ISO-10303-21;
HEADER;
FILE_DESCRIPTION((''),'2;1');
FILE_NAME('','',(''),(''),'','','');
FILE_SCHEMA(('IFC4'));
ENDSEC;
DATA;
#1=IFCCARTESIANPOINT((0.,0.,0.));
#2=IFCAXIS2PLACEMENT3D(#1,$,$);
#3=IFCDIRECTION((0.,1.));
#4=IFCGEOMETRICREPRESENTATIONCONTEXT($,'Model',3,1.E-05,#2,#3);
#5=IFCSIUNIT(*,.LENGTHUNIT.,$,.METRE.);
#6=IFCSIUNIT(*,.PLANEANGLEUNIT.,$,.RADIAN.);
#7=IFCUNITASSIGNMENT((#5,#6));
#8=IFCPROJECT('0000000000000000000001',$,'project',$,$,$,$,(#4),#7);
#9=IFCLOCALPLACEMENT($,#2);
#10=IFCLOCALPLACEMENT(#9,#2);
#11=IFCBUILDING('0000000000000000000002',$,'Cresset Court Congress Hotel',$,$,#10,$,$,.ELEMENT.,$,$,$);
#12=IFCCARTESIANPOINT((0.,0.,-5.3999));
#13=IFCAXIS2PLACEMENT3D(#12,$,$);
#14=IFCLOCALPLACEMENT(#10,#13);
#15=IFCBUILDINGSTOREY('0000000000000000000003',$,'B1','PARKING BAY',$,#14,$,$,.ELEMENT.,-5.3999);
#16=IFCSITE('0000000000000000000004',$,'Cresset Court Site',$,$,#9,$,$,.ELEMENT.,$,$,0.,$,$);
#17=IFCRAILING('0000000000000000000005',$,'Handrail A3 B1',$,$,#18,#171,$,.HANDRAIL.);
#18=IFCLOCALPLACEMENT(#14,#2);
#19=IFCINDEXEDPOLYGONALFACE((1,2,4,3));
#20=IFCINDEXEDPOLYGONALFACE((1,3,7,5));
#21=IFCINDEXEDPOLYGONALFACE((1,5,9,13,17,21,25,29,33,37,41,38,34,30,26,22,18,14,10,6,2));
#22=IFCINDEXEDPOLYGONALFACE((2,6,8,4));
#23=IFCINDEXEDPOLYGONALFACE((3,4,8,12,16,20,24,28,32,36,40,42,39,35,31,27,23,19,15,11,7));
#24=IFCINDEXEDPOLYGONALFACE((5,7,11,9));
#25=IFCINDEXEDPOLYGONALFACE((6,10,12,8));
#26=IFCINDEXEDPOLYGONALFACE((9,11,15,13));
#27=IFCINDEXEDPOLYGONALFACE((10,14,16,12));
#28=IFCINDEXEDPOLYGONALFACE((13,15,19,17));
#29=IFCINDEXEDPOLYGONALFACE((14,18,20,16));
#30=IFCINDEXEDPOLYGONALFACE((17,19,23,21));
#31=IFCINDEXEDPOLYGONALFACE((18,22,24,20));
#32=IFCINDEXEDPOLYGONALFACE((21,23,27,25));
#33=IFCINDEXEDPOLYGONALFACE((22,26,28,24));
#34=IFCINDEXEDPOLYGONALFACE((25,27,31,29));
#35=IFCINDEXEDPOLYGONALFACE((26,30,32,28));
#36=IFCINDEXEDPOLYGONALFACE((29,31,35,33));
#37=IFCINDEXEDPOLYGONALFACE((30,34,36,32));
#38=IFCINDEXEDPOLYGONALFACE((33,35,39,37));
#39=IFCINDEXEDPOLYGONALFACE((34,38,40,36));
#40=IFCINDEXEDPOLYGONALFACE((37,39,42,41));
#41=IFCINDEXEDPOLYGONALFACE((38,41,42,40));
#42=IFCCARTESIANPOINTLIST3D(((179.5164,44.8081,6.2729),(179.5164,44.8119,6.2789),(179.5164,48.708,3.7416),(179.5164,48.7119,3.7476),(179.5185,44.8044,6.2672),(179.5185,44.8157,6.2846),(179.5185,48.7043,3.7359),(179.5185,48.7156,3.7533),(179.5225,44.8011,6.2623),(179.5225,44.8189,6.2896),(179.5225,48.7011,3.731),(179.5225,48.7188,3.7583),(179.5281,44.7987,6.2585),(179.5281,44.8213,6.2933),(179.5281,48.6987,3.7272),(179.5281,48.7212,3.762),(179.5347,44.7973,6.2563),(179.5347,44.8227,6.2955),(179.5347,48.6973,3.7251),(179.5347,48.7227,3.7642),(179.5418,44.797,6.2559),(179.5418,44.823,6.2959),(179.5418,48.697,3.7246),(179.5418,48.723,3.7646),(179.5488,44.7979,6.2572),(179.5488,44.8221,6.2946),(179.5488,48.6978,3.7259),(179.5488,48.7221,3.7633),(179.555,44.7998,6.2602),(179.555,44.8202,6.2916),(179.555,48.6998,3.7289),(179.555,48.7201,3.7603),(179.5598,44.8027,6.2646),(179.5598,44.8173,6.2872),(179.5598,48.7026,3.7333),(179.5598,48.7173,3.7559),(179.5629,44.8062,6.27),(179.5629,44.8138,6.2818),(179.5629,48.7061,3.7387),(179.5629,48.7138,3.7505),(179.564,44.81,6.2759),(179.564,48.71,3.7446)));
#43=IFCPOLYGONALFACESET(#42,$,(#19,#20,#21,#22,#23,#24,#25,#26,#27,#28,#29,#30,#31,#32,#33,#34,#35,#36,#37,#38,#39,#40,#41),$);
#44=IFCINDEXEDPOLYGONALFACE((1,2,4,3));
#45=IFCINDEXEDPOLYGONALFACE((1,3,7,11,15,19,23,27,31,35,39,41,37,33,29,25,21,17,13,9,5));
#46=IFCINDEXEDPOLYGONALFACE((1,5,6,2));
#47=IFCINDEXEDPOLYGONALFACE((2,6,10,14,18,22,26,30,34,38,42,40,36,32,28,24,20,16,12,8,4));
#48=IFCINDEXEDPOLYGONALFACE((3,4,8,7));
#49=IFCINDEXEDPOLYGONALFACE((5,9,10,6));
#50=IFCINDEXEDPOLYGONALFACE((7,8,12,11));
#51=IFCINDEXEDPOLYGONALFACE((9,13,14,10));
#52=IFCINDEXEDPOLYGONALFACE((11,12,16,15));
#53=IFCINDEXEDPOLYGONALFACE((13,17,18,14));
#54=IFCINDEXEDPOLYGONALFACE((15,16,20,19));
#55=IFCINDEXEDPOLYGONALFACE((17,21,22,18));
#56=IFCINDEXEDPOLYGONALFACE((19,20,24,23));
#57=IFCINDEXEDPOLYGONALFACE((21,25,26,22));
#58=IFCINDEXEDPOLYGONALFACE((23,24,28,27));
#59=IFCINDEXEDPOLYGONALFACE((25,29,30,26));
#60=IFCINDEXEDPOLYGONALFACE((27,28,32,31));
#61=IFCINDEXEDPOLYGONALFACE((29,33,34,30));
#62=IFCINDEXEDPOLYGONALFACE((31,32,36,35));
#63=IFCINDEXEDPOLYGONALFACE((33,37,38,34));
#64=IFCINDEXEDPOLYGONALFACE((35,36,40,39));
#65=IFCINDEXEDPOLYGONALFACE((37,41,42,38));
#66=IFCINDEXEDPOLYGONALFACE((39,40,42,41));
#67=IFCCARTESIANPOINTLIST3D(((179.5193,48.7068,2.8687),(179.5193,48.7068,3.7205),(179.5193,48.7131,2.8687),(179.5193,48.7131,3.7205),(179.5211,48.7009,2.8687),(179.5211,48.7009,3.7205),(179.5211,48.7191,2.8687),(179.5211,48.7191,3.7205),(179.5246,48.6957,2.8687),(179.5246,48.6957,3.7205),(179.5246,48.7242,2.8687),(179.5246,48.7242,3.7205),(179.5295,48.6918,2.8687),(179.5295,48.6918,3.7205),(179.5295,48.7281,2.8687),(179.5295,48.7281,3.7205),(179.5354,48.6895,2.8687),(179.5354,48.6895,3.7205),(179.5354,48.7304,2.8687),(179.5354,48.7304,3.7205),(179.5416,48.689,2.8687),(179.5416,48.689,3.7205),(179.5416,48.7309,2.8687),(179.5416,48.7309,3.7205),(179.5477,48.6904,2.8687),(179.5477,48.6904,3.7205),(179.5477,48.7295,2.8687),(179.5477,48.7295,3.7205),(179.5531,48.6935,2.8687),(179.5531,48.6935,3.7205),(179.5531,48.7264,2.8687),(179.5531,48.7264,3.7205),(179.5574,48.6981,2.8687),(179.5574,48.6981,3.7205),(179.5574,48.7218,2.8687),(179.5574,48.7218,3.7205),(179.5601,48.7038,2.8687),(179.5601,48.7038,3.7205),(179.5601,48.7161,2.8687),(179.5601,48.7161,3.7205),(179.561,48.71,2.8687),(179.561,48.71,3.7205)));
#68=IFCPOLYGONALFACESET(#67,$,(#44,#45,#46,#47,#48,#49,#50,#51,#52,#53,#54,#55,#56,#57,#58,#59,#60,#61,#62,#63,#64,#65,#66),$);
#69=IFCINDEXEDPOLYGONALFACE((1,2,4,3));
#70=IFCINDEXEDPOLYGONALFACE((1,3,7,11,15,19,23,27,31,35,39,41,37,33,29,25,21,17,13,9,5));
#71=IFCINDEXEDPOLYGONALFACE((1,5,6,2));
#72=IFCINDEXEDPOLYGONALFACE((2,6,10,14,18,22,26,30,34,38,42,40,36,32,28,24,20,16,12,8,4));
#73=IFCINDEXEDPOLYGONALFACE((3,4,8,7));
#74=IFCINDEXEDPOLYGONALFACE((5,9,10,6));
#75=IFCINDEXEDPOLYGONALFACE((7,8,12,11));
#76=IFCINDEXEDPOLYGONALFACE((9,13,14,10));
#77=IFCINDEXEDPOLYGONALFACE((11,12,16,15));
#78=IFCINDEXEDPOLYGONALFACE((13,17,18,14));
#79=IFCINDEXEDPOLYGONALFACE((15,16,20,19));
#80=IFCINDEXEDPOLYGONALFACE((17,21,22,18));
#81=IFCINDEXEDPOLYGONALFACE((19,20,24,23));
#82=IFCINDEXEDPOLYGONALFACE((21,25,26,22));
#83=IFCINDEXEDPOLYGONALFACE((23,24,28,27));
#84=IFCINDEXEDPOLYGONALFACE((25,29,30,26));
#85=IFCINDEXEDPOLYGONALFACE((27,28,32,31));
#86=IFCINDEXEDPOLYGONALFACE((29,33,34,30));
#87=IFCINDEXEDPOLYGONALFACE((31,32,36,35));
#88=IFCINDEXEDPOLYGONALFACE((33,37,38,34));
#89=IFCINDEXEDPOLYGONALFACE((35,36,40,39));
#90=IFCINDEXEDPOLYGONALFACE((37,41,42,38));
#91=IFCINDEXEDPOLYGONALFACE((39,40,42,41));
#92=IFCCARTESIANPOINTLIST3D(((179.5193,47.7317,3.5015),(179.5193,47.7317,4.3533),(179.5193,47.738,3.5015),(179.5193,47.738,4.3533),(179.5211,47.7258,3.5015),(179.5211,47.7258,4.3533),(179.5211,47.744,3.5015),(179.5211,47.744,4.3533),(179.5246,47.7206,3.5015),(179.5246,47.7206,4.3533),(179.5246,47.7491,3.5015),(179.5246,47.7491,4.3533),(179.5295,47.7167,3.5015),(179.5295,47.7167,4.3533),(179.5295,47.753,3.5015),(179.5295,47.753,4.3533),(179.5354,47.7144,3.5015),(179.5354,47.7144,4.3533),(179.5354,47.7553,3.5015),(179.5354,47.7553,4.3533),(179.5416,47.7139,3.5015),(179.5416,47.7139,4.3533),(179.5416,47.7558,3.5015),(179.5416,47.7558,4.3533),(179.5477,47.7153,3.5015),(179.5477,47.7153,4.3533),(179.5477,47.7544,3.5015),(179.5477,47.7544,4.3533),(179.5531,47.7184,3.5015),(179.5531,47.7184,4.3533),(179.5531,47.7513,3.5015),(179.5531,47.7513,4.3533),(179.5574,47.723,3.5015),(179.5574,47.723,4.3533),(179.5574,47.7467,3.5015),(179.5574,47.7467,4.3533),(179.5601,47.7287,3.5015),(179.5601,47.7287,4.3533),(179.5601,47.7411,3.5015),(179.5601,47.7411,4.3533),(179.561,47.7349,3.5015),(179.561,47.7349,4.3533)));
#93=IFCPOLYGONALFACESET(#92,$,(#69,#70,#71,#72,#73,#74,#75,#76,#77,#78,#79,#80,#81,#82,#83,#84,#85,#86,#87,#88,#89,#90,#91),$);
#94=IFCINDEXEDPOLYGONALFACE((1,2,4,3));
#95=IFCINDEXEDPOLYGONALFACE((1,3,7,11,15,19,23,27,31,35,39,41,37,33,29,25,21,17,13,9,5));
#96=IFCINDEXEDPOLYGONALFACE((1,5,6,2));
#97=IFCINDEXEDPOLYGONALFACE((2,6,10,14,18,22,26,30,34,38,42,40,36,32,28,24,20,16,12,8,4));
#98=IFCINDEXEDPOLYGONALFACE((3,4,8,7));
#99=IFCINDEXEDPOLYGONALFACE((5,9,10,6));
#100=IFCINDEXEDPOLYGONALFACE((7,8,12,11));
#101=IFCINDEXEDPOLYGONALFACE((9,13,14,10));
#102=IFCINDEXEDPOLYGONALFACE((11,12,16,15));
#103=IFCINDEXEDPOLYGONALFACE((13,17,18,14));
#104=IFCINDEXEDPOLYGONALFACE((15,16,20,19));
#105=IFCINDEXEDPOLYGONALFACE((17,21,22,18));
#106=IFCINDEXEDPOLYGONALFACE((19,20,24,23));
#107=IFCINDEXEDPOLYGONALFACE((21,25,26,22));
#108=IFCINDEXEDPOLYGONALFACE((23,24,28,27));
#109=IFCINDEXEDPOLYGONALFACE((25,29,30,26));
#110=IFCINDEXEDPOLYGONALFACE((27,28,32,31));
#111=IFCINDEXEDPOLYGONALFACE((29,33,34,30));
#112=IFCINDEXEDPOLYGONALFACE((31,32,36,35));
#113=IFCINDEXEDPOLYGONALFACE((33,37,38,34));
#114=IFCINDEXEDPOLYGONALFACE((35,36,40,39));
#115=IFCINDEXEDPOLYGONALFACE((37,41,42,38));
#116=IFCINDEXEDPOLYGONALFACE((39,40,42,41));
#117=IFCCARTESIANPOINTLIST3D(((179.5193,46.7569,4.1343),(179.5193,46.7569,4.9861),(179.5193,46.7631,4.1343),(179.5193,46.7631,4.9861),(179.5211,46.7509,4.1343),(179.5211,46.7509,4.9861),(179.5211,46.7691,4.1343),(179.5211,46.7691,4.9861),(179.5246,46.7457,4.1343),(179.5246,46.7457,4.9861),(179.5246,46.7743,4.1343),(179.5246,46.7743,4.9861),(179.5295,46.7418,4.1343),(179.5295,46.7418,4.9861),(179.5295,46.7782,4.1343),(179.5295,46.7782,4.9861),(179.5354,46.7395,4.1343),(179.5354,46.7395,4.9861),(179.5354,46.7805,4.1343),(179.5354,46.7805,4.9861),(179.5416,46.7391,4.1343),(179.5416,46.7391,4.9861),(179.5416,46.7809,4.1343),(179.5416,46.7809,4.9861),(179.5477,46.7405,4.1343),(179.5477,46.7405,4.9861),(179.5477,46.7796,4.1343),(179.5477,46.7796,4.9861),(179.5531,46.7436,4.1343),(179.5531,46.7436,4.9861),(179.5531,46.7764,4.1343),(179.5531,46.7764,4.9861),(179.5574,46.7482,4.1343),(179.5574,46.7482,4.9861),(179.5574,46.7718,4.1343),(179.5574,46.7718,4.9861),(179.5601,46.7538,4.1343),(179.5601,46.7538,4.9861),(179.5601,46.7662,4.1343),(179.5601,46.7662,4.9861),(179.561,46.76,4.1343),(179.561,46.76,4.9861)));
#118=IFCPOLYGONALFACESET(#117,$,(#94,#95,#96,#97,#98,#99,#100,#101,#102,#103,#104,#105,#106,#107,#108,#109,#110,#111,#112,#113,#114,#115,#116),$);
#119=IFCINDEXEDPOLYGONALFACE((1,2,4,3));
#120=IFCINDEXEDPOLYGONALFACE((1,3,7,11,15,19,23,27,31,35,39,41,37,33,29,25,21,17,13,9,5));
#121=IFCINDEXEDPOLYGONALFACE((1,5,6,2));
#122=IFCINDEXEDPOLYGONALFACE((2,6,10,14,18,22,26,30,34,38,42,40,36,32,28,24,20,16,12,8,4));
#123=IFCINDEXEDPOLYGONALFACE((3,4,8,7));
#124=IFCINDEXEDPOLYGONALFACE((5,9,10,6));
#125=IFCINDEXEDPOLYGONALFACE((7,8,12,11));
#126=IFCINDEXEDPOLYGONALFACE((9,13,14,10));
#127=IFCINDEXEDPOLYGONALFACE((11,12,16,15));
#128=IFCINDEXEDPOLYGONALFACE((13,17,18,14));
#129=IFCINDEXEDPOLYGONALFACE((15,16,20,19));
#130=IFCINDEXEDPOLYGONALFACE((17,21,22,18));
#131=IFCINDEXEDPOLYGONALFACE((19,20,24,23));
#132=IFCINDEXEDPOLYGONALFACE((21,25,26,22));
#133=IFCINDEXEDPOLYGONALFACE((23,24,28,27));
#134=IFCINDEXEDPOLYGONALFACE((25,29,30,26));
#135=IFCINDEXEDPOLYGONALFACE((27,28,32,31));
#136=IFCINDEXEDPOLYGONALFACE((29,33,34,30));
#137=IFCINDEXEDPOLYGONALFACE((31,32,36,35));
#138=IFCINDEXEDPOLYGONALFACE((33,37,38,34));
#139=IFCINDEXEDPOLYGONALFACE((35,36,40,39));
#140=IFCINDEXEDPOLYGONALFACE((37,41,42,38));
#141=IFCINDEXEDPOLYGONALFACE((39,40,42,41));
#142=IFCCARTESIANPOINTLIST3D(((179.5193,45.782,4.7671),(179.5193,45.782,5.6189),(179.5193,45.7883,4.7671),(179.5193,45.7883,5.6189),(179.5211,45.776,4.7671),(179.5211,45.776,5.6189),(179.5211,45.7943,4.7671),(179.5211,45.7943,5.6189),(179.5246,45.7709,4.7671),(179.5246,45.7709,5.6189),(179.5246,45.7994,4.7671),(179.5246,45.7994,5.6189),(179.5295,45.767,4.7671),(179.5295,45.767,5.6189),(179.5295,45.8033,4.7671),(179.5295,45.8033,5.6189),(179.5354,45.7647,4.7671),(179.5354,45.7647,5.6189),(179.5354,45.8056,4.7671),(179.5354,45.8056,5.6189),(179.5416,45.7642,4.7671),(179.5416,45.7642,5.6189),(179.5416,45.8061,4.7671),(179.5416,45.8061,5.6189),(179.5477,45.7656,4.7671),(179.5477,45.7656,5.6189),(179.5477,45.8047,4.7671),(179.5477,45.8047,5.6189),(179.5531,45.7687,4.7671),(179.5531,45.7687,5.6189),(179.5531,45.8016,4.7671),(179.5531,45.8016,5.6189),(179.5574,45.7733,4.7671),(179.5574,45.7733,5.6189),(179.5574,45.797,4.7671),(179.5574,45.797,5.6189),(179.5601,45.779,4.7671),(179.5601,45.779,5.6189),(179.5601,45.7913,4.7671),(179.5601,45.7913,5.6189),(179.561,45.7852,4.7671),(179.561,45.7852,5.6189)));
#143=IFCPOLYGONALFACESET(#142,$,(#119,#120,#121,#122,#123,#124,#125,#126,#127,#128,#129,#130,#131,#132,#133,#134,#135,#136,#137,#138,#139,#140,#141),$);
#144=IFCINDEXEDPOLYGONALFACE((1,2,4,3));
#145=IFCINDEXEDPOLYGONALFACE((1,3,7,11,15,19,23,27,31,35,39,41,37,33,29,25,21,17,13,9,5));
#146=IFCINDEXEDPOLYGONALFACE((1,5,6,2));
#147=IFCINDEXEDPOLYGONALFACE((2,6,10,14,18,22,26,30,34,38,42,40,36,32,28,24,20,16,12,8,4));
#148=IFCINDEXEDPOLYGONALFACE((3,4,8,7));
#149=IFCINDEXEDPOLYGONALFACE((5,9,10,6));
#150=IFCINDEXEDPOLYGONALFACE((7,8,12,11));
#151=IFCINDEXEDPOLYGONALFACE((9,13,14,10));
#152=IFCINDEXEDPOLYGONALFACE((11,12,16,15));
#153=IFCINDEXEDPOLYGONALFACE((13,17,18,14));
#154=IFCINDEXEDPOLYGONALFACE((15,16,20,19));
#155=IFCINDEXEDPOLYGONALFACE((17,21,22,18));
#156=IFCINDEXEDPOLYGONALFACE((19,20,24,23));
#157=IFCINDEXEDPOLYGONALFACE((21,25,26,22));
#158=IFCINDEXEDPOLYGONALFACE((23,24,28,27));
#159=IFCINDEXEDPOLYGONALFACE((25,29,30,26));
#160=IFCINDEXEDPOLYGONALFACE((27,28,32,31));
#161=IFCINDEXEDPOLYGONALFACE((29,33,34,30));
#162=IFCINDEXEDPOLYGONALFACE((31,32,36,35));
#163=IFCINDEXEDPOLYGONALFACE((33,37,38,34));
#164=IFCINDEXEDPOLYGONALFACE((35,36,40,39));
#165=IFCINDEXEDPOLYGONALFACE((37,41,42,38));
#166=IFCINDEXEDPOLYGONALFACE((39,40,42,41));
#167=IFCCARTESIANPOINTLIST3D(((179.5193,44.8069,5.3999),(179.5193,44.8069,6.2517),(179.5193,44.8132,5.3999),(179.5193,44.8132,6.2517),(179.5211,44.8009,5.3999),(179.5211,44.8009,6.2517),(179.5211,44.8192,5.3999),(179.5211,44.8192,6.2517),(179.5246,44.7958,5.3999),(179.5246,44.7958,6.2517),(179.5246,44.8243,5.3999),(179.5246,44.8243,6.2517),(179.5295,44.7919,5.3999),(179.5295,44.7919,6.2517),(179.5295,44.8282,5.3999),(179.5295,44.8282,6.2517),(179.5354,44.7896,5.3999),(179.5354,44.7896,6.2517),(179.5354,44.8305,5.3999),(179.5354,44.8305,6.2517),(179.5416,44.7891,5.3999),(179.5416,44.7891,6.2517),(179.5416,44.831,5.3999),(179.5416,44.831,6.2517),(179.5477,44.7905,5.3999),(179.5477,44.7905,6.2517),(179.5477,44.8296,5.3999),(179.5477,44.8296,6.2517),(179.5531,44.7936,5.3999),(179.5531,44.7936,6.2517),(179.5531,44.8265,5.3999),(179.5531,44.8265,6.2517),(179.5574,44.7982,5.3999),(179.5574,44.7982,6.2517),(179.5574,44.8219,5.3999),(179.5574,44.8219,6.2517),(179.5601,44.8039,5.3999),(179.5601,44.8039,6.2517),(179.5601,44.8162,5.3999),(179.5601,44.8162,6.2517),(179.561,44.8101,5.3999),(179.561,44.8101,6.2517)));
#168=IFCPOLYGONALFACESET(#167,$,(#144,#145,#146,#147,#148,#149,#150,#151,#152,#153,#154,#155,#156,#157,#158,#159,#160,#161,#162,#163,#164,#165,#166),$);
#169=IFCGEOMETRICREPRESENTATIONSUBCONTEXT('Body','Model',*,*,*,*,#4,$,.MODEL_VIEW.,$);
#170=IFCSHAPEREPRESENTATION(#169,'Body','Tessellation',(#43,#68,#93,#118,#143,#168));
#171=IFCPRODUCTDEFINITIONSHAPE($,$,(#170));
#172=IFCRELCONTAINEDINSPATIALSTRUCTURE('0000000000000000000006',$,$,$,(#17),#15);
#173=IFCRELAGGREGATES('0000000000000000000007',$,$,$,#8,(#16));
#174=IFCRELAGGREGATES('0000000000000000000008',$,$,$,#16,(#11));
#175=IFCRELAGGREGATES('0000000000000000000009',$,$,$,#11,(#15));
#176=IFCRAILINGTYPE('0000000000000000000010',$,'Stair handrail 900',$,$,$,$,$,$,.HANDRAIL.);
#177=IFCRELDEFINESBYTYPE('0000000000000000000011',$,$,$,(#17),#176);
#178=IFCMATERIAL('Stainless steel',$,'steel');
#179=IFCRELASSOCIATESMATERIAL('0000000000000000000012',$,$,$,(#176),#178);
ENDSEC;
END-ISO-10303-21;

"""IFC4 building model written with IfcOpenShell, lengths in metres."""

from ifc_helpers import new_model, si_unit, direction, frame, origin, origin_2d, place, context, subcontext, project, spatial, circle, extrude, material, type_object, element, save


model = new_model("IFC4")

# Units and contexts
model_context = context("Model", 3, precision=1e-05, world=origin(), true_north=direction((0.0, 1.0)))
body_context = subcontext(model_context, "Body", "Model", "MODEL_VIEW")
ifc_project = project(units=[si_unit("LENGTHUNIT", "METRE"), si_unit("PLANEANGLEUNIT", "RADIAN")], contexts=[model_context])

# Site, building, storey
site_placement = place(None, origin())
site = spatial("IfcSite", under=ifc_project, at=site_placement, Name="Cresset Court Site", CompositionType="ELEMENT", RefElevation=0.0)
building_placement = place(site_placement, origin())
building = spatial("IfcBuilding", under=site, at=building_placement, Name="Cresset Court Congress Hotel", CompositionType="ELEMENT")
storey_placement = place(building_placement, frame((0.0, 0.0, -5.3999)))
storey = spatial("IfcBuildingStorey", under=building, at=storey_placement, Name="B1", Description="PARKING BAY", CompositionType="ELEMENT", Elevation=-5.3999)

# Railing
ifc_material_1 = material(Name="Stainless steel", Category="steel")
railing_type_1 = type_object("IfcRailingType", Name="Stair handrail 900", PredefinedType="HANDRAIL", material=ifc_material_1)
for number, where, name in (
    (1, (179.54, 48.71, 2.8687), "Handrail A3 B1"),
):
    element("IfcRailing", number, at=place(storey_placement, frame(where)), inside=storey, type_object=railing_type_1, Name=name, PredefinedType="HANDRAIL", context=body_context, shape_type="SweptSolid", body=[
        extrude(circle(Radius=0.0239, at=origin_2d()), frame((0.0, 0.0, 0.876), z_axis=(0.0, -0.838806, 0.544431), x_axis=(1.0, 0.0, 0.0)), (0.0, 0.0, 1.0), 4.6494),
        extrude(circle(Radius=0.021, at=origin_2d()), origin(), (0.0, 0.0, 1.0), 0.8518),
        extrude(circle(Radius=0.021, at=origin_2d()), frame((0.0, -0.9751, 0.6328)), (0.0, 0.0, 1.0), 0.8518),
        extrude(circle(Radius=0.021, at=origin_2d()), frame((0.0, -1.95, 1.2656)), (0.0, 0.0, 1.0), 0.8518),
        extrude(circle(Radius=0.021, at=origin_2d()), frame((0.0, -2.9248, 1.8984)), (0.0, 0.0, 1.0), 0.8518),
        extrude(circle(Radius=0.021, at=origin_2d()), frame((0.0, -3.8999, 2.5312)), (0.0, 0.0, 1.0), 0.8518),
    ])

save(model, "model.ifc")
